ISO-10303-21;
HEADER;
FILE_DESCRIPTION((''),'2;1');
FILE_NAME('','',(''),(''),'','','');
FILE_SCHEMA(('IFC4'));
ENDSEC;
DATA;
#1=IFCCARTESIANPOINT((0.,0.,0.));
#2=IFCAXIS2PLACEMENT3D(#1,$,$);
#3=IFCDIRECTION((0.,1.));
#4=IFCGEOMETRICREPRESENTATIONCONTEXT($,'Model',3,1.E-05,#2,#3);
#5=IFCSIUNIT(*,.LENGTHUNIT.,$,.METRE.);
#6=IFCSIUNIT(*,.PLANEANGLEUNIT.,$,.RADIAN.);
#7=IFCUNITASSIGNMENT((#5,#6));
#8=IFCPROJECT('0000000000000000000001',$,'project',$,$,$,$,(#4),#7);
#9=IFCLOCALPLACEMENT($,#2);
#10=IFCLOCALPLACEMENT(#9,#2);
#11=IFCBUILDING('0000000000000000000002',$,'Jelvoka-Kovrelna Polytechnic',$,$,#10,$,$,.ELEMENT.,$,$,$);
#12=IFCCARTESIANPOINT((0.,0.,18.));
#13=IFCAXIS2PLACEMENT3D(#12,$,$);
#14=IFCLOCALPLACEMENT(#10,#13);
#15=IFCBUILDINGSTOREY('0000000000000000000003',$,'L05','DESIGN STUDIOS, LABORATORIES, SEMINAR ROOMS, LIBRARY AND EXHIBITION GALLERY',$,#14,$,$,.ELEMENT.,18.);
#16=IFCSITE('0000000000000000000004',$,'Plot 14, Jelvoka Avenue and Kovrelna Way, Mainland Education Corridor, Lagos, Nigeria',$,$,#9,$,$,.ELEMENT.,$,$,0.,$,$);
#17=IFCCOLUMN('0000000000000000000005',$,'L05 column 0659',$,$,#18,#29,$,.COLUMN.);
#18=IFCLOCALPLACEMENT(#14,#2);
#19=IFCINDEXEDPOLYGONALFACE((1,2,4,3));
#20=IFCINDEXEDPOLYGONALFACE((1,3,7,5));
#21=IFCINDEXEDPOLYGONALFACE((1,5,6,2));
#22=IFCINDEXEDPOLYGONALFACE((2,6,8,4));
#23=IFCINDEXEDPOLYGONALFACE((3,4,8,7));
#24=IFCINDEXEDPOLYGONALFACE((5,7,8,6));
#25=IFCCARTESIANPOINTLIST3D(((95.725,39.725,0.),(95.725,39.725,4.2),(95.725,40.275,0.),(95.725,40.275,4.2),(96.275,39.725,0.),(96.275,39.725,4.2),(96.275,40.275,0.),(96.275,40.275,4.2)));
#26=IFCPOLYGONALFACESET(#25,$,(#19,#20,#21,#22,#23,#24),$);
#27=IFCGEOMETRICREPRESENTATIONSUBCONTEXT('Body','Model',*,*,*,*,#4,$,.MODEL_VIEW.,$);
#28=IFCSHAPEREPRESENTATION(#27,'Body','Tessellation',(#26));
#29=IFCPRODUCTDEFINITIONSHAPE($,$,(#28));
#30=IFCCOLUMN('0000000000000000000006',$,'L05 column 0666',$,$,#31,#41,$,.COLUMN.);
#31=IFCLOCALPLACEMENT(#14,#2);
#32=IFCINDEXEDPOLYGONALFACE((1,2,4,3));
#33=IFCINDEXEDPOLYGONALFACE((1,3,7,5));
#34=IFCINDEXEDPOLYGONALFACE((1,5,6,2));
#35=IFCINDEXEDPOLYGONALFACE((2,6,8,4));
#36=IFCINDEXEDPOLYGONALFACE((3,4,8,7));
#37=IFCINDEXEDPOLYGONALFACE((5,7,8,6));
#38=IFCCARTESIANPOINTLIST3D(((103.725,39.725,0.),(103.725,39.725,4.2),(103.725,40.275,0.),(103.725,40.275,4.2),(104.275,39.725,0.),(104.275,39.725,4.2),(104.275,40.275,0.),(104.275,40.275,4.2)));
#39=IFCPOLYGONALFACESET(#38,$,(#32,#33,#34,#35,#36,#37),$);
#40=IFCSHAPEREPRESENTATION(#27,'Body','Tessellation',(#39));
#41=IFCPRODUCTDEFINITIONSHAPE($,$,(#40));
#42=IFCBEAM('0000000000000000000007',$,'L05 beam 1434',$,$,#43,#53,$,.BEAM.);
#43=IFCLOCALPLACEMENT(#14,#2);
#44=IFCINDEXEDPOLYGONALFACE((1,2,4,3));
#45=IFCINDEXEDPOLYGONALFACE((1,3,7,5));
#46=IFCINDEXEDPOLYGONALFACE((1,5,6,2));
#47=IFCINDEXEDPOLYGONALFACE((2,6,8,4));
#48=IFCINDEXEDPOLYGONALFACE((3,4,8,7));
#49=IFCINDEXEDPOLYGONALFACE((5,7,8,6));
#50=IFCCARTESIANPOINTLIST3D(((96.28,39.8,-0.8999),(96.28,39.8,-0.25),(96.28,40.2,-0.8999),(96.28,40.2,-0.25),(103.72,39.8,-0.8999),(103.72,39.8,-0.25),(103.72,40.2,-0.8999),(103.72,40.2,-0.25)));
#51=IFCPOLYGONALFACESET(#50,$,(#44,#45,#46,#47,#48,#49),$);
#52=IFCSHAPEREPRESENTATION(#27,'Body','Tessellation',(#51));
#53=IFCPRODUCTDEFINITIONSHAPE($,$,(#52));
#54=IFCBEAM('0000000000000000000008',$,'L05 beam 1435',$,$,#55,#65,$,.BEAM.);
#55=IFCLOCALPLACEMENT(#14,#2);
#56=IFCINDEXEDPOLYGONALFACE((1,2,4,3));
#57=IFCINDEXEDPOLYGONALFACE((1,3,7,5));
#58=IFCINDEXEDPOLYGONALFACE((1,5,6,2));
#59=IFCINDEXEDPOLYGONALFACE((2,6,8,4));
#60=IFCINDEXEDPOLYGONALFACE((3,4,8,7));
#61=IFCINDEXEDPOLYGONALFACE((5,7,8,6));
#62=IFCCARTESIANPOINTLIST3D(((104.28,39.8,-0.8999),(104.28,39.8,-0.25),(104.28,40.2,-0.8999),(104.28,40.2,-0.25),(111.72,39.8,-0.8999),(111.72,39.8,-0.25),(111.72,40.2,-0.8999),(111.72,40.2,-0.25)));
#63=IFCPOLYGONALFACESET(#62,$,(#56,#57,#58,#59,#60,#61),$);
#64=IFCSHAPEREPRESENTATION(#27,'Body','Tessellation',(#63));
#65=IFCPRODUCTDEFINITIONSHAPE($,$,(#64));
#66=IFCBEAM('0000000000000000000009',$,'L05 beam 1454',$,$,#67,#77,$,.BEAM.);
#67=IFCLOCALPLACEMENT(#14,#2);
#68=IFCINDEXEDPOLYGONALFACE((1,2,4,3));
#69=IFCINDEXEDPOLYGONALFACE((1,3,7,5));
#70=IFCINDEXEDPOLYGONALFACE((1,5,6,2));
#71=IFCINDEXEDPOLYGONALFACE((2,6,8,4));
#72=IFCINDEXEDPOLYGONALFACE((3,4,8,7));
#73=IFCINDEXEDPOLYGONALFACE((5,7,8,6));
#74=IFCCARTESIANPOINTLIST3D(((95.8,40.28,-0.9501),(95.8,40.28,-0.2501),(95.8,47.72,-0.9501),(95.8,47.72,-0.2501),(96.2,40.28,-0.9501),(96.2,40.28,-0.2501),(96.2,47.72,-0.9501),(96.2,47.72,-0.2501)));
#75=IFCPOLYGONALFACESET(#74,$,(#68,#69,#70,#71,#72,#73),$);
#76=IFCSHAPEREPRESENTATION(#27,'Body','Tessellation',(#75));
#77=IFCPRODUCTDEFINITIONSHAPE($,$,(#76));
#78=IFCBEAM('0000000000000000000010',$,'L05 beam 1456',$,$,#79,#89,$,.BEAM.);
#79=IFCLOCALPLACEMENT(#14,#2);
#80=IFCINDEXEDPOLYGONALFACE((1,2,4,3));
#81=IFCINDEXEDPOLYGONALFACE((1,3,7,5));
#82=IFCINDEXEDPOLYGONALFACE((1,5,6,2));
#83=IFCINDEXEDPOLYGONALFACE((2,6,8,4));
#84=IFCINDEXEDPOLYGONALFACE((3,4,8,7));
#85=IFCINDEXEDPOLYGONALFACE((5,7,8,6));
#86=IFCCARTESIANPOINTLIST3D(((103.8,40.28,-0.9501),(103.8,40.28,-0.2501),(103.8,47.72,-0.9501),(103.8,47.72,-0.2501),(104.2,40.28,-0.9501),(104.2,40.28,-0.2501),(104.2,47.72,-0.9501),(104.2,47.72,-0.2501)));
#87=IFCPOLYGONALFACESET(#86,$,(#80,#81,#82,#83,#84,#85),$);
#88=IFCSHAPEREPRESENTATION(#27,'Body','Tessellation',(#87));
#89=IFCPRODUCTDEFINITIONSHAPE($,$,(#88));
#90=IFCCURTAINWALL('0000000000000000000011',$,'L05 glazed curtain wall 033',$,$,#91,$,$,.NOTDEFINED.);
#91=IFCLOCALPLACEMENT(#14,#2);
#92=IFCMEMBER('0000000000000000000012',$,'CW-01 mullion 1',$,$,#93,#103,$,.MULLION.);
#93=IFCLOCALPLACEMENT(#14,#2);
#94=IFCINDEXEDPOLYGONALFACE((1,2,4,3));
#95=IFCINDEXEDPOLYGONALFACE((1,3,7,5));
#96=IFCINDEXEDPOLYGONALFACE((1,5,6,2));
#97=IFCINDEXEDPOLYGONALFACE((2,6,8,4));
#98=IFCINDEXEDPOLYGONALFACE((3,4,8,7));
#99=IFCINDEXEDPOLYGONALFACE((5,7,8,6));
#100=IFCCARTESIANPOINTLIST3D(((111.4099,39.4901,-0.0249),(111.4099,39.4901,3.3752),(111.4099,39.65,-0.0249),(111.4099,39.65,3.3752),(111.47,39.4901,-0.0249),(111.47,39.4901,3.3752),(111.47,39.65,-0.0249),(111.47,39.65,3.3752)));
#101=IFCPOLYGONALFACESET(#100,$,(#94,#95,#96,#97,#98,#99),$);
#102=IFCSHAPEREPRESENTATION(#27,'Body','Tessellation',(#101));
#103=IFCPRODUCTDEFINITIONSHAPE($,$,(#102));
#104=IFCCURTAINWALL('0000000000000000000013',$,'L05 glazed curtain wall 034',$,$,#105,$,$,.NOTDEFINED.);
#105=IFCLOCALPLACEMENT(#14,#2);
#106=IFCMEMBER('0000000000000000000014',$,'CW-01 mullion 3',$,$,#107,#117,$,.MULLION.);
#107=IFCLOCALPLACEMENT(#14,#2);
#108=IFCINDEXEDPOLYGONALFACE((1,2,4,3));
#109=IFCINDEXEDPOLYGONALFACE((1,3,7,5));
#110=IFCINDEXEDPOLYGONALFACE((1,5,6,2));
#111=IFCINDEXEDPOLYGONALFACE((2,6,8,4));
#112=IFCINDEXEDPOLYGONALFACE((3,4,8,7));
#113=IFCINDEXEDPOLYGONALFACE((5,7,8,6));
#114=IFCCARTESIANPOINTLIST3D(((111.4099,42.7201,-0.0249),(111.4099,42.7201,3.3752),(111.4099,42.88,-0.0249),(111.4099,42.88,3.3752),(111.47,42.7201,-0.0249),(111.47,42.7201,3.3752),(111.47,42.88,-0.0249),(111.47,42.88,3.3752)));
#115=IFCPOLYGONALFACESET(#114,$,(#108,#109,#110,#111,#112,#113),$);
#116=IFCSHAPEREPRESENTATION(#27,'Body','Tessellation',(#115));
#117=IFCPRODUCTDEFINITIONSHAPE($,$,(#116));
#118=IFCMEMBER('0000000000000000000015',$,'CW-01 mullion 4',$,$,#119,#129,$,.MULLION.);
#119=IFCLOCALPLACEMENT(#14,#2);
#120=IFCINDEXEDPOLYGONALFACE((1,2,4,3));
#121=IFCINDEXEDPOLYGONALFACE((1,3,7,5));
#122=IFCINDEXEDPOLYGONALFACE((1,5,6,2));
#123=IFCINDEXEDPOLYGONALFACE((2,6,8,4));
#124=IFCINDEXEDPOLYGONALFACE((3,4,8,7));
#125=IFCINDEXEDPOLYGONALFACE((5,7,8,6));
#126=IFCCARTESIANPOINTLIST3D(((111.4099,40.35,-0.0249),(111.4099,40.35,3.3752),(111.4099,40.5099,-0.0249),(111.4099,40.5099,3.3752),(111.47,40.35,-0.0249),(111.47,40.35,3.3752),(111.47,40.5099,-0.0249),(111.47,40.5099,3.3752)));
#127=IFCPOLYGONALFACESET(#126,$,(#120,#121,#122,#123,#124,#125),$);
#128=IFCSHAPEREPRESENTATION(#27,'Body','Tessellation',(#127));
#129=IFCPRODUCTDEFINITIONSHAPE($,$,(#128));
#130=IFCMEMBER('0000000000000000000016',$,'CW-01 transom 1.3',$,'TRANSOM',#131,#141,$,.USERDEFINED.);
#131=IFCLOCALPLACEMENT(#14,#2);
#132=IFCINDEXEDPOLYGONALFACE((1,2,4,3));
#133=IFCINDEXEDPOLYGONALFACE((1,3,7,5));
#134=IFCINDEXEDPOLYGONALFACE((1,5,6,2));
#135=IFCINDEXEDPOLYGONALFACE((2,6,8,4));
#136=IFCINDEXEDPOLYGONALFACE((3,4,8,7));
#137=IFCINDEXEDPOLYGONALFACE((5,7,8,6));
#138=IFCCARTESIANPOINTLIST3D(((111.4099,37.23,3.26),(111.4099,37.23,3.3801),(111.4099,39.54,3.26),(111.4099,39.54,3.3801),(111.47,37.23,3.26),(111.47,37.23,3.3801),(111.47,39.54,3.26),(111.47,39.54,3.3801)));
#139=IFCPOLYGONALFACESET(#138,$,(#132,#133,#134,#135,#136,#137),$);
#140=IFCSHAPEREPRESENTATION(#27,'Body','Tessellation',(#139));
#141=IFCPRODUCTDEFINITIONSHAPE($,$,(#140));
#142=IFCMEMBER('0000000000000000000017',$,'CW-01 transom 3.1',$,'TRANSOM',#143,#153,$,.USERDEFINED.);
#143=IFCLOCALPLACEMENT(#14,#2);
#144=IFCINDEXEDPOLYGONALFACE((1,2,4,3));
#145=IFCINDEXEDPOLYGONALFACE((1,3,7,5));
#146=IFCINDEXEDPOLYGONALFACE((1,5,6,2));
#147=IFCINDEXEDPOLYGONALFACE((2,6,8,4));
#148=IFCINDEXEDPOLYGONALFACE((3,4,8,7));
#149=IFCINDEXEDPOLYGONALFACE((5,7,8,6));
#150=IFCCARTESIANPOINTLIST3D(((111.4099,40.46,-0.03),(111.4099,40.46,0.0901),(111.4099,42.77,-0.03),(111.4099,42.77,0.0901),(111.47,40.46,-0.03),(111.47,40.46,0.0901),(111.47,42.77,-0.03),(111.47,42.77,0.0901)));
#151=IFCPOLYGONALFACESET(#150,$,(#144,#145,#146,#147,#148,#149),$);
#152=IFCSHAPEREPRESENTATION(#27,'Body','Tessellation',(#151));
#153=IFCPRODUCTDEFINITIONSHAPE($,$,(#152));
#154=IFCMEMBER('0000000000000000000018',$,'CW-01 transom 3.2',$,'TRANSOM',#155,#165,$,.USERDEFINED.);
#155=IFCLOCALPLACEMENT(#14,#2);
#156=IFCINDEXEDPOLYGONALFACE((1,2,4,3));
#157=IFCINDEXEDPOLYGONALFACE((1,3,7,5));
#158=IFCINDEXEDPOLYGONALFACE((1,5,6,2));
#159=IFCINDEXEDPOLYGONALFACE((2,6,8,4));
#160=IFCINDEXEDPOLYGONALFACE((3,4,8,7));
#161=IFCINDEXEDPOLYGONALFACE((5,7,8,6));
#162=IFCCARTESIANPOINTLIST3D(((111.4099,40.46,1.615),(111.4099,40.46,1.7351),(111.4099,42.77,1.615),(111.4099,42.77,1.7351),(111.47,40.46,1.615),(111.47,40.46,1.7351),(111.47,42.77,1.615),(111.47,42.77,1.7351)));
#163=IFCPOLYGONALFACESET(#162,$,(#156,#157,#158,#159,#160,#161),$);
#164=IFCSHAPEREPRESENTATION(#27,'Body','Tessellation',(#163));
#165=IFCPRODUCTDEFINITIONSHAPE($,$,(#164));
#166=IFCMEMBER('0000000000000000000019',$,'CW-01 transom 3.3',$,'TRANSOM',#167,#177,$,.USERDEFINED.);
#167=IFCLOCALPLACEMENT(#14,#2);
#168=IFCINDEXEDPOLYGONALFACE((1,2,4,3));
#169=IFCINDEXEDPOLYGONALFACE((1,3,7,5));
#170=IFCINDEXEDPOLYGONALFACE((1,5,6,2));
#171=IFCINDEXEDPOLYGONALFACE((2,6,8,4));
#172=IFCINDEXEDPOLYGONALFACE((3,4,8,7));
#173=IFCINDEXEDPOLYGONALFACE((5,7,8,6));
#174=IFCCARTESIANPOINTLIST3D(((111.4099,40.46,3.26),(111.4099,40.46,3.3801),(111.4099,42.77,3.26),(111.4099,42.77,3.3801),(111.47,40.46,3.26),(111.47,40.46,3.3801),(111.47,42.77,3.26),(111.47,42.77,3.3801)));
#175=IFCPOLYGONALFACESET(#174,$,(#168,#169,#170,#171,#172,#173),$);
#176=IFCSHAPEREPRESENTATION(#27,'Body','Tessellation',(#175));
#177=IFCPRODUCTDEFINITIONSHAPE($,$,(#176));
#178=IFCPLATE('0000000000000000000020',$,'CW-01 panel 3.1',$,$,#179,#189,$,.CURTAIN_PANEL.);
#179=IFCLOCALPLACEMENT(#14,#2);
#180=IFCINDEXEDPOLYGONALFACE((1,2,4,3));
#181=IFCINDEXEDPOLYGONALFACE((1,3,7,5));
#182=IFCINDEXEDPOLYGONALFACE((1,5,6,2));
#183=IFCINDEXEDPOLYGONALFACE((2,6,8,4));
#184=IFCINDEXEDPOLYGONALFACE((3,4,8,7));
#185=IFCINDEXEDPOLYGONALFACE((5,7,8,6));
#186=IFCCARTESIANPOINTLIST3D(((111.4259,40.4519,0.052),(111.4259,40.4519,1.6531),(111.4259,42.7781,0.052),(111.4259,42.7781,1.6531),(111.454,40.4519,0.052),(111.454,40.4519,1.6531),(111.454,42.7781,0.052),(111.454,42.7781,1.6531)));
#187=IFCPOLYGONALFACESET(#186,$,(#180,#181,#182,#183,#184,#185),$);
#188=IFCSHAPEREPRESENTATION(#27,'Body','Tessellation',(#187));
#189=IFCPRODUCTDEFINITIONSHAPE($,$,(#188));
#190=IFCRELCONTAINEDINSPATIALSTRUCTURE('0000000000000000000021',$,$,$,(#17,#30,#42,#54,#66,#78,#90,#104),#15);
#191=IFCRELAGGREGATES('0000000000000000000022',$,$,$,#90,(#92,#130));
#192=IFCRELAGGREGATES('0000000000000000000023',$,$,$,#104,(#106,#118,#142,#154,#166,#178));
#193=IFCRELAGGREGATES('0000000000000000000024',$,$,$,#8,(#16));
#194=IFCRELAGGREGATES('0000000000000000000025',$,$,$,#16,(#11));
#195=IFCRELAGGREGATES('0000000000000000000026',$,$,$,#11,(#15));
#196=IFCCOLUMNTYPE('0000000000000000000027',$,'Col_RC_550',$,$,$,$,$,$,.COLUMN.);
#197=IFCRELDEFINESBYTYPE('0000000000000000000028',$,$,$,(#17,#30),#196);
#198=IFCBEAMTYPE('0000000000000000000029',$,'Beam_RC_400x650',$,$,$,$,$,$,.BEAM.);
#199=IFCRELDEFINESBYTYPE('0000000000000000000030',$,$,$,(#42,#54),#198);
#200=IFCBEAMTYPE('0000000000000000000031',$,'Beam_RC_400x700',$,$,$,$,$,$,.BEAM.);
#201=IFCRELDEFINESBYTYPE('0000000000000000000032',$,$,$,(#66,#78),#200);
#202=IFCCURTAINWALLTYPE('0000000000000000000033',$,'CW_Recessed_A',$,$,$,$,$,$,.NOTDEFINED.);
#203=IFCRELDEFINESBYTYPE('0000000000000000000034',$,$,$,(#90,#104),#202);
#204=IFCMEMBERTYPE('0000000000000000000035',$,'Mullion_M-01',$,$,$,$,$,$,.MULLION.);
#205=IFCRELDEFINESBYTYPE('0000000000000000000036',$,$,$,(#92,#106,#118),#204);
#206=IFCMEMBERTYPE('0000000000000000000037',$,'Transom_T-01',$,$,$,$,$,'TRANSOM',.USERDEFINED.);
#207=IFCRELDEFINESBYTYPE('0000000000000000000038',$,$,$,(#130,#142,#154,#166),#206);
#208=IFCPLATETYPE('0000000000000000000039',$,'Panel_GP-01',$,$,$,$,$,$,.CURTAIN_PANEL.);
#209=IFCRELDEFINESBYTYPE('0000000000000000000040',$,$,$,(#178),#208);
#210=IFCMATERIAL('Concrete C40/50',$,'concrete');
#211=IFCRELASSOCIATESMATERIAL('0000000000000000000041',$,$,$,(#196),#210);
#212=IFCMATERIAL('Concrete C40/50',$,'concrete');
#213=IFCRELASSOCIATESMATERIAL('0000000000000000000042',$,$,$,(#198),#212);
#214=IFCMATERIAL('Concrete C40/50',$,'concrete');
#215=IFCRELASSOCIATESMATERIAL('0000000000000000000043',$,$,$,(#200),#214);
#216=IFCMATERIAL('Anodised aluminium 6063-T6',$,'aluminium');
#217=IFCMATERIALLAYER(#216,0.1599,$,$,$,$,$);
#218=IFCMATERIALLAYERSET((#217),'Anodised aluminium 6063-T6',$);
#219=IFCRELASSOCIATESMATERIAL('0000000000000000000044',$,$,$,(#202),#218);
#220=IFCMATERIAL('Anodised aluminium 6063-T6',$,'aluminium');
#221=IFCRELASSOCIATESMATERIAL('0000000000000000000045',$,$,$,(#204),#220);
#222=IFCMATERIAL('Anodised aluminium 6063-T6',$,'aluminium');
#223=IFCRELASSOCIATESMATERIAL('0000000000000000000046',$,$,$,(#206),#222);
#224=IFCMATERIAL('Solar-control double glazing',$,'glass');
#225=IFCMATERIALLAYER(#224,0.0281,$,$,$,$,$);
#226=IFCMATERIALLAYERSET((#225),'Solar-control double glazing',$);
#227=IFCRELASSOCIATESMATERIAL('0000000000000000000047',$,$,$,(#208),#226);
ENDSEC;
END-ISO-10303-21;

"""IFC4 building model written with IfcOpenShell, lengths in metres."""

from ifc_helpers import new_model, si_unit, direction, frame, origin, origin_2d, place, context, subcontext, project, spatial, rectangle, extrude, material, layer, layer_set, material_profile, profile_set, type_object, element, aggregate, save


model = new_model("IFC4")

# Units and contexts
model_context = context("Model", 3, precision=1e-05, world=origin(), true_north=direction((0.0, 1.0)))
body_context = subcontext(model_context, "Body", "Model", "MODEL_VIEW")
ifc_project = project(units=[si_unit("LENGTHUNIT", "METRE"), si_unit("PLANEANGLEUNIT", "RADIAN")], contexts=[model_context])

# Site, building, storey
site_placement = place(None, origin())
site = spatial("IfcSite", under=ifc_project, at=site_placement, Name="Plot 14, Jelvoka Avenue and Kovrelna Way, Mainland Education Corridor, Lagos, Nigeria", CompositionType="ELEMENT", RefElevation=0.0)
building_placement = place(site_placement, origin())
building = spatial("IfcBuilding", under=site, at=building_placement, Name="Jelvoka-Kovrelna Polytechnic", CompositionType="ELEMENT")
storey_placement = place(building_placement, frame((0.0, 0.0, 18.0)))
storey = spatial("IfcBuildingStorey", under=building, at=storey_placement, Name="L05", Description="DESIGN STUDIOS, LABORATORIES, SEMINAR ROOMS, LIBRARY AND EXHIBITION GALLERY", CompositionType="ELEMENT", Elevation=18.0)

# Columns
ifc_material_1 = material(Name="Concrete C40/50", Category="concrete")
ifc_material_profile_1 = material_profile(ifc_material_1, rectangle(XDim=0.55, YDim=0.55, at=origin_2d()), Name="RC 550x550")
ifc_profile_set_1 = profile_set([ifc_material_profile_1], Name="Concrete C40/50")
column_type = type_object("IfcColumnType", Name="Col_RC_550", PredefinedType="COLUMN", material=ifc_profile_set_1)
for number, where, z_axis, x_axis, name in (
    (1, (96.0, 40.0, 0.0), (0.0, 0.0, 1.0), (1.0, 0.0, 0.0), "L05 column 0659"),
    (2, (104.0, 40.0, 0.0), (0.0, 0.0, 1.0), (1.0, 0.0, 0.0), "L05 column 0666"),
):
    element("IfcColumn", number, at=place(storey_placement, frame(where, z_axis=z_axis, x_axis=x_axis)), inside=storey, type_object=column_type, Name=name, PredefinedType="COLUMN", context=body_context, shape_type="SweptSolid", body=[
        extrude(rectangle(XDim=0.55, YDim=0.55, at=origin_2d()), origin(), (0.0, 0.0, 1.0), 4.2),
    ])

# Beams
ifc_material_2 = material(Name="Concrete C40/50", Category="concrete")
ifc_material_profile_2 = material_profile(ifc_material_2, rectangle(XDim=0.3999, YDim=0.6499, at=origin_2d()), Name="RC 400x650")
ifc_profile_set_2 = profile_set([ifc_material_profile_2], Name="Concrete C40/50")
beam_type_1 = type_object("IfcBeamType", Name="Beam_RC_400x650", PredefinedType="BEAM", material=ifc_profile_set_2)
for number, where, z_axis, x_axis, name in (
    (3, (96.28, 40.0, -0.575), (1.0, 0.0, 0.0), (0.0, 1.0, 0.0), "L05 beam 1434"),
    (4, (104.28, 40.0, -0.575), (1.0, 0.0, 0.0), (0.0, 1.0, 0.0), "L05 beam 1435"),
):
    element("IfcBeam", number, at=place(storey_placement, frame(where, z_axis=z_axis, x_axis=x_axis)), inside=storey, type_object=beam_type_1, Name=name, PredefinedType="BEAM", context=body_context, shape_type="SweptSolid", body=[
        extrude(rectangle(XDim=0.3999, YDim=0.6499, at=origin_2d()), origin(), (0.0, 0.0, 1.0), 7.4399),
    ])
ifc_material_3 = material(Name="Concrete C40/50", Category="concrete")
ifc_material_profile_3 = material_profile(ifc_material_3, rectangle(XDim=0.3999, YDim=0.7, at=origin_2d()), Name="RC 400x700")
ifc_profile_set_3 = profile_set([ifc_material_profile_3], Name="Concrete C40/50")
beam_type_2 = type_object("IfcBeamType", Name="Beam_RC_400x700", PredefinedType="BEAM", material=ifc_profile_set_3)
for number, where, z_axis, x_axis, name in (
    (5, (96.0, 40.28, -0.6001), (0.0, 1.0, 0.0), (-1.0, 0.0, 0.0), "L05 beam 1454"),
    (6, (104.0, 40.28, -0.6001), (0.0, 1.0, 0.0), (-1.0, 0.0, 0.0), "L05 beam 1456"),
):
    element("IfcBeam", number, at=place(storey_placement, frame(where, z_axis=z_axis, x_axis=x_axis)), inside=storey, type_object=beam_type_2, Name=name, PredefinedType="BEAM", context=body_context, shape_type="SweptSolid", body=[
        extrude(rectangle(XDim=0.3999, YDim=0.7, at=origin_2d()), origin(), (0.0, 0.0, 1.0), 7.4399),
    ])

# Curtain wall, member
ifc_material_4 = material(Name="Anodised aluminium 6063-T6", Category="aluminium")
ifc_layer_1 = layer(ifc_material_4, 0.1599)
ifc_layer_set_1 = layer_set([ifc_layer_1], Name="Anodised aluminium 6063-T6")
curtain_wall_type = type_object("IfcCurtainWallType", Name="CW_Recessed_A", PredefinedType="NOTDEFINED", material=ifc_layer_set_1)
curtain_wall_1_placement = place(storey_placement, origin())
curtain_wall_1 = element("IfcCurtainWall", 7, at=curtain_wall_1_placement, inside=storey, type_object=curtain_wall_type, Name="L05 glazed curtain wall 033", PredefinedType="NOTDEFINED")
ifc_material_5 = material(Name="Anodised aluminium 6063-T6", Category="aluminium")
ifc_material_profile_4 = material_profile(ifc_material_5, rectangle(XDim=0.0601, YDim=0.1599, at=origin_2d()), Name="ALU 60x160")
ifc_profile_set_4 = profile_set([ifc_material_profile_4], Name="Anodised aluminium 6063-T6")
member_type_1 = type_object("IfcMemberType", Name="Mullion_M-01", PredefinedType="MULLION", material=ifc_profile_set_4)
member_1_placement = place(storey_placement, frame((111.4399, 39.5701, -0.0249), z_axis=(0.0, 0.0, 1.0), x_axis=(1.0, 0.0, 0.0)))
member_1 = element("IfcMember", 8, at=member_1_placement, type_object=member_type_1, Name="CW-01 mullion 1", PredefinedType="MULLION", context=body_context, shape_type="SweptSolid", body=[
    extrude(rectangle(XDim=0.0601, YDim=0.1599, at=origin_2d()), origin(), (0.0, 0.0, 1.0), 3.4001),
])

# Curtain wall, members
curtain_wall_2_placement = place(storey_placement, origin())
curtain_wall_2 = element("IfcCurtainWall", 9, at=curtain_wall_2_placement, inside=storey, type_object=curtain_wall_type, Name="L05 glazed curtain wall 034", PredefinedType="NOTDEFINED")
member_2_placement = place(storey_placement, frame((111.4399, 42.8, -0.0249), z_axis=(0.0, 0.0, 1.0), x_axis=(1.0, 0.0, 0.0)))
member_2 = element("IfcMember", 10, at=member_2_placement, type_object=member_type_1, Name="CW-01 mullion 3", PredefinedType="MULLION", context=body_context, shape_type="SweptSolid", body=[
    extrude(rectangle(XDim=0.0601, YDim=0.1599, at=origin_2d()), origin(), (0.0, 0.0, 1.0), 3.4001),
])
member_3_placement = place(storey_placement, frame((111.4399, 40.4299, -0.0249), z_axis=(0.0, 0.0, 1.0), x_axis=(1.0, 0.0, 0.0)))
member_3 = element("IfcMember", 11, at=member_3_placement, type_object=member_type_1, Name="CW-01 mullion 4", PredefinedType="MULLION", context=body_context, shape_type="SweptSolid", body=[
    extrude(rectangle(XDim=0.0601, YDim=0.1599, at=origin_2d()), origin(), (0.0, 0.0, 1.0), 3.4001),
])

# Members
ifc_material_6 = material(Name="Anodised aluminium 6063-T6", Category="aluminium")
ifc_material_profile_5 = material_profile(ifc_material_6, rectangle(XDim=0.0601, YDim=0.1201, at=origin_2d()), Name="ALU 60x120")
ifc_profile_set_5 = profile_set([ifc_material_profile_5], Name="Anodised aluminium 6063-T6")
member_type_2 = type_object("IfcMemberType", Name="Transom_T-01", ElementType="TRANSOM", PredefinedType="USERDEFINED", material=ifc_profile_set_5)
member_4_placement = place(storey_placement, frame((111.4399, 39.54, 3.3201), z_axis=(0.0, -1.0, 0.0), x_axis=(1.0, 0.0, 0.0)))
member_4 = element("IfcMember", 12, at=member_4_placement, type_object=member_type_2, Name="CW-01 transom 1.3", ObjectType="TRANSOM", PredefinedType="USERDEFINED", context=body_context, shape_type="SweptSolid", body=[
    extrude(rectangle(XDim=0.0601, YDim=0.1201, at=origin_2d()), origin(), (0.0, 0.0, 1.0), 2.3101),
])
aggregate(curtain_wall_1, [member_1, member_4])
member_5_placement = place(storey_placement, frame((111.4399, 42.77, 0.03), z_axis=(0.0, -1.0, 0.0), x_axis=(1.0, 0.0, 0.0)))
member_5 = element("IfcMember", 13, at=member_5_placement, type_object=member_type_2, Name="CW-01 transom 3.1", ObjectType="TRANSOM", PredefinedType="USERDEFINED", context=body_context, shape_type="SweptSolid", body=[
    extrude(rectangle(XDim=0.0601, YDim=0.1201, at=origin_2d()), origin(), (0.0, 0.0, 1.0), 2.3101),
])
member_6_placement = place(storey_placement, frame((111.4399, 42.77, 1.675), z_axis=(0.0, -1.0, 0.0), x_axis=(1.0, 0.0, 0.0)))
member_6 = element("IfcMember", 14, at=member_6_placement, type_object=member_type_2, Name="CW-01 transom 3.2", ObjectType="TRANSOM", PredefinedType="USERDEFINED", context=body_context, shape_type="SweptSolid", body=[
    extrude(rectangle(XDim=0.0601, YDim=0.1201, at=origin_2d()), origin(), (0.0, 0.0, 1.0), 2.3101),
])
member_7_placement = place(storey_placement, frame((111.4399, 42.77, 3.3201), z_axis=(0.0, -1.0, 0.0), x_axis=(1.0, 0.0, 0.0)))
member_7 = element("IfcMember", 15, at=member_7_placement, type_object=member_type_2, Name="CW-01 transom 3.3", ObjectType="TRANSOM", PredefinedType="USERDEFINED", context=body_context, shape_type="SweptSolid", body=[
    extrude(rectangle(XDim=0.0601, YDim=0.1201, at=origin_2d()), origin(), (0.0, 0.0, 1.0), 2.3101),
])

# Plate
ifc_material_7 = material(Name="Solar-control double glazing", Category="glass")
ifc_layer_2 = layer(ifc_material_7, 0.0281)
ifc_layer_set_2 = layer_set([ifc_layer_2], Name="Solar-control double glazing")
plate_type = type_object("IfcPlateType", Name="Panel_GP-01", PredefinedType="CURTAIN_PANEL", material=ifc_layer_set_2)
plate_1_placement = place(storey_placement, frame((111.4399, 41.615, 0.052), z_axis=(0.0, 0.0, 1.0), x_axis=(0.0, -1.0, 0.0)))
plate_1 = element("IfcPlate", 16, at=plate_1_placement, type_object=plate_type, Name="CW-01 panel 3.1", PredefinedType="CURTAIN_PANEL", context=body_context, shape_type="SweptSolid", body=[
    extrude(rectangle(XDim=2.3262, YDim=0.0281, at=origin_2d()), origin(), (0.0, 0.0, 1.0), 1.6011),
])
aggregate(curtain_wall_2, [member_2, member_3, member_5, member_6, member_7, plate_1])

save(model, "model.ifc")
